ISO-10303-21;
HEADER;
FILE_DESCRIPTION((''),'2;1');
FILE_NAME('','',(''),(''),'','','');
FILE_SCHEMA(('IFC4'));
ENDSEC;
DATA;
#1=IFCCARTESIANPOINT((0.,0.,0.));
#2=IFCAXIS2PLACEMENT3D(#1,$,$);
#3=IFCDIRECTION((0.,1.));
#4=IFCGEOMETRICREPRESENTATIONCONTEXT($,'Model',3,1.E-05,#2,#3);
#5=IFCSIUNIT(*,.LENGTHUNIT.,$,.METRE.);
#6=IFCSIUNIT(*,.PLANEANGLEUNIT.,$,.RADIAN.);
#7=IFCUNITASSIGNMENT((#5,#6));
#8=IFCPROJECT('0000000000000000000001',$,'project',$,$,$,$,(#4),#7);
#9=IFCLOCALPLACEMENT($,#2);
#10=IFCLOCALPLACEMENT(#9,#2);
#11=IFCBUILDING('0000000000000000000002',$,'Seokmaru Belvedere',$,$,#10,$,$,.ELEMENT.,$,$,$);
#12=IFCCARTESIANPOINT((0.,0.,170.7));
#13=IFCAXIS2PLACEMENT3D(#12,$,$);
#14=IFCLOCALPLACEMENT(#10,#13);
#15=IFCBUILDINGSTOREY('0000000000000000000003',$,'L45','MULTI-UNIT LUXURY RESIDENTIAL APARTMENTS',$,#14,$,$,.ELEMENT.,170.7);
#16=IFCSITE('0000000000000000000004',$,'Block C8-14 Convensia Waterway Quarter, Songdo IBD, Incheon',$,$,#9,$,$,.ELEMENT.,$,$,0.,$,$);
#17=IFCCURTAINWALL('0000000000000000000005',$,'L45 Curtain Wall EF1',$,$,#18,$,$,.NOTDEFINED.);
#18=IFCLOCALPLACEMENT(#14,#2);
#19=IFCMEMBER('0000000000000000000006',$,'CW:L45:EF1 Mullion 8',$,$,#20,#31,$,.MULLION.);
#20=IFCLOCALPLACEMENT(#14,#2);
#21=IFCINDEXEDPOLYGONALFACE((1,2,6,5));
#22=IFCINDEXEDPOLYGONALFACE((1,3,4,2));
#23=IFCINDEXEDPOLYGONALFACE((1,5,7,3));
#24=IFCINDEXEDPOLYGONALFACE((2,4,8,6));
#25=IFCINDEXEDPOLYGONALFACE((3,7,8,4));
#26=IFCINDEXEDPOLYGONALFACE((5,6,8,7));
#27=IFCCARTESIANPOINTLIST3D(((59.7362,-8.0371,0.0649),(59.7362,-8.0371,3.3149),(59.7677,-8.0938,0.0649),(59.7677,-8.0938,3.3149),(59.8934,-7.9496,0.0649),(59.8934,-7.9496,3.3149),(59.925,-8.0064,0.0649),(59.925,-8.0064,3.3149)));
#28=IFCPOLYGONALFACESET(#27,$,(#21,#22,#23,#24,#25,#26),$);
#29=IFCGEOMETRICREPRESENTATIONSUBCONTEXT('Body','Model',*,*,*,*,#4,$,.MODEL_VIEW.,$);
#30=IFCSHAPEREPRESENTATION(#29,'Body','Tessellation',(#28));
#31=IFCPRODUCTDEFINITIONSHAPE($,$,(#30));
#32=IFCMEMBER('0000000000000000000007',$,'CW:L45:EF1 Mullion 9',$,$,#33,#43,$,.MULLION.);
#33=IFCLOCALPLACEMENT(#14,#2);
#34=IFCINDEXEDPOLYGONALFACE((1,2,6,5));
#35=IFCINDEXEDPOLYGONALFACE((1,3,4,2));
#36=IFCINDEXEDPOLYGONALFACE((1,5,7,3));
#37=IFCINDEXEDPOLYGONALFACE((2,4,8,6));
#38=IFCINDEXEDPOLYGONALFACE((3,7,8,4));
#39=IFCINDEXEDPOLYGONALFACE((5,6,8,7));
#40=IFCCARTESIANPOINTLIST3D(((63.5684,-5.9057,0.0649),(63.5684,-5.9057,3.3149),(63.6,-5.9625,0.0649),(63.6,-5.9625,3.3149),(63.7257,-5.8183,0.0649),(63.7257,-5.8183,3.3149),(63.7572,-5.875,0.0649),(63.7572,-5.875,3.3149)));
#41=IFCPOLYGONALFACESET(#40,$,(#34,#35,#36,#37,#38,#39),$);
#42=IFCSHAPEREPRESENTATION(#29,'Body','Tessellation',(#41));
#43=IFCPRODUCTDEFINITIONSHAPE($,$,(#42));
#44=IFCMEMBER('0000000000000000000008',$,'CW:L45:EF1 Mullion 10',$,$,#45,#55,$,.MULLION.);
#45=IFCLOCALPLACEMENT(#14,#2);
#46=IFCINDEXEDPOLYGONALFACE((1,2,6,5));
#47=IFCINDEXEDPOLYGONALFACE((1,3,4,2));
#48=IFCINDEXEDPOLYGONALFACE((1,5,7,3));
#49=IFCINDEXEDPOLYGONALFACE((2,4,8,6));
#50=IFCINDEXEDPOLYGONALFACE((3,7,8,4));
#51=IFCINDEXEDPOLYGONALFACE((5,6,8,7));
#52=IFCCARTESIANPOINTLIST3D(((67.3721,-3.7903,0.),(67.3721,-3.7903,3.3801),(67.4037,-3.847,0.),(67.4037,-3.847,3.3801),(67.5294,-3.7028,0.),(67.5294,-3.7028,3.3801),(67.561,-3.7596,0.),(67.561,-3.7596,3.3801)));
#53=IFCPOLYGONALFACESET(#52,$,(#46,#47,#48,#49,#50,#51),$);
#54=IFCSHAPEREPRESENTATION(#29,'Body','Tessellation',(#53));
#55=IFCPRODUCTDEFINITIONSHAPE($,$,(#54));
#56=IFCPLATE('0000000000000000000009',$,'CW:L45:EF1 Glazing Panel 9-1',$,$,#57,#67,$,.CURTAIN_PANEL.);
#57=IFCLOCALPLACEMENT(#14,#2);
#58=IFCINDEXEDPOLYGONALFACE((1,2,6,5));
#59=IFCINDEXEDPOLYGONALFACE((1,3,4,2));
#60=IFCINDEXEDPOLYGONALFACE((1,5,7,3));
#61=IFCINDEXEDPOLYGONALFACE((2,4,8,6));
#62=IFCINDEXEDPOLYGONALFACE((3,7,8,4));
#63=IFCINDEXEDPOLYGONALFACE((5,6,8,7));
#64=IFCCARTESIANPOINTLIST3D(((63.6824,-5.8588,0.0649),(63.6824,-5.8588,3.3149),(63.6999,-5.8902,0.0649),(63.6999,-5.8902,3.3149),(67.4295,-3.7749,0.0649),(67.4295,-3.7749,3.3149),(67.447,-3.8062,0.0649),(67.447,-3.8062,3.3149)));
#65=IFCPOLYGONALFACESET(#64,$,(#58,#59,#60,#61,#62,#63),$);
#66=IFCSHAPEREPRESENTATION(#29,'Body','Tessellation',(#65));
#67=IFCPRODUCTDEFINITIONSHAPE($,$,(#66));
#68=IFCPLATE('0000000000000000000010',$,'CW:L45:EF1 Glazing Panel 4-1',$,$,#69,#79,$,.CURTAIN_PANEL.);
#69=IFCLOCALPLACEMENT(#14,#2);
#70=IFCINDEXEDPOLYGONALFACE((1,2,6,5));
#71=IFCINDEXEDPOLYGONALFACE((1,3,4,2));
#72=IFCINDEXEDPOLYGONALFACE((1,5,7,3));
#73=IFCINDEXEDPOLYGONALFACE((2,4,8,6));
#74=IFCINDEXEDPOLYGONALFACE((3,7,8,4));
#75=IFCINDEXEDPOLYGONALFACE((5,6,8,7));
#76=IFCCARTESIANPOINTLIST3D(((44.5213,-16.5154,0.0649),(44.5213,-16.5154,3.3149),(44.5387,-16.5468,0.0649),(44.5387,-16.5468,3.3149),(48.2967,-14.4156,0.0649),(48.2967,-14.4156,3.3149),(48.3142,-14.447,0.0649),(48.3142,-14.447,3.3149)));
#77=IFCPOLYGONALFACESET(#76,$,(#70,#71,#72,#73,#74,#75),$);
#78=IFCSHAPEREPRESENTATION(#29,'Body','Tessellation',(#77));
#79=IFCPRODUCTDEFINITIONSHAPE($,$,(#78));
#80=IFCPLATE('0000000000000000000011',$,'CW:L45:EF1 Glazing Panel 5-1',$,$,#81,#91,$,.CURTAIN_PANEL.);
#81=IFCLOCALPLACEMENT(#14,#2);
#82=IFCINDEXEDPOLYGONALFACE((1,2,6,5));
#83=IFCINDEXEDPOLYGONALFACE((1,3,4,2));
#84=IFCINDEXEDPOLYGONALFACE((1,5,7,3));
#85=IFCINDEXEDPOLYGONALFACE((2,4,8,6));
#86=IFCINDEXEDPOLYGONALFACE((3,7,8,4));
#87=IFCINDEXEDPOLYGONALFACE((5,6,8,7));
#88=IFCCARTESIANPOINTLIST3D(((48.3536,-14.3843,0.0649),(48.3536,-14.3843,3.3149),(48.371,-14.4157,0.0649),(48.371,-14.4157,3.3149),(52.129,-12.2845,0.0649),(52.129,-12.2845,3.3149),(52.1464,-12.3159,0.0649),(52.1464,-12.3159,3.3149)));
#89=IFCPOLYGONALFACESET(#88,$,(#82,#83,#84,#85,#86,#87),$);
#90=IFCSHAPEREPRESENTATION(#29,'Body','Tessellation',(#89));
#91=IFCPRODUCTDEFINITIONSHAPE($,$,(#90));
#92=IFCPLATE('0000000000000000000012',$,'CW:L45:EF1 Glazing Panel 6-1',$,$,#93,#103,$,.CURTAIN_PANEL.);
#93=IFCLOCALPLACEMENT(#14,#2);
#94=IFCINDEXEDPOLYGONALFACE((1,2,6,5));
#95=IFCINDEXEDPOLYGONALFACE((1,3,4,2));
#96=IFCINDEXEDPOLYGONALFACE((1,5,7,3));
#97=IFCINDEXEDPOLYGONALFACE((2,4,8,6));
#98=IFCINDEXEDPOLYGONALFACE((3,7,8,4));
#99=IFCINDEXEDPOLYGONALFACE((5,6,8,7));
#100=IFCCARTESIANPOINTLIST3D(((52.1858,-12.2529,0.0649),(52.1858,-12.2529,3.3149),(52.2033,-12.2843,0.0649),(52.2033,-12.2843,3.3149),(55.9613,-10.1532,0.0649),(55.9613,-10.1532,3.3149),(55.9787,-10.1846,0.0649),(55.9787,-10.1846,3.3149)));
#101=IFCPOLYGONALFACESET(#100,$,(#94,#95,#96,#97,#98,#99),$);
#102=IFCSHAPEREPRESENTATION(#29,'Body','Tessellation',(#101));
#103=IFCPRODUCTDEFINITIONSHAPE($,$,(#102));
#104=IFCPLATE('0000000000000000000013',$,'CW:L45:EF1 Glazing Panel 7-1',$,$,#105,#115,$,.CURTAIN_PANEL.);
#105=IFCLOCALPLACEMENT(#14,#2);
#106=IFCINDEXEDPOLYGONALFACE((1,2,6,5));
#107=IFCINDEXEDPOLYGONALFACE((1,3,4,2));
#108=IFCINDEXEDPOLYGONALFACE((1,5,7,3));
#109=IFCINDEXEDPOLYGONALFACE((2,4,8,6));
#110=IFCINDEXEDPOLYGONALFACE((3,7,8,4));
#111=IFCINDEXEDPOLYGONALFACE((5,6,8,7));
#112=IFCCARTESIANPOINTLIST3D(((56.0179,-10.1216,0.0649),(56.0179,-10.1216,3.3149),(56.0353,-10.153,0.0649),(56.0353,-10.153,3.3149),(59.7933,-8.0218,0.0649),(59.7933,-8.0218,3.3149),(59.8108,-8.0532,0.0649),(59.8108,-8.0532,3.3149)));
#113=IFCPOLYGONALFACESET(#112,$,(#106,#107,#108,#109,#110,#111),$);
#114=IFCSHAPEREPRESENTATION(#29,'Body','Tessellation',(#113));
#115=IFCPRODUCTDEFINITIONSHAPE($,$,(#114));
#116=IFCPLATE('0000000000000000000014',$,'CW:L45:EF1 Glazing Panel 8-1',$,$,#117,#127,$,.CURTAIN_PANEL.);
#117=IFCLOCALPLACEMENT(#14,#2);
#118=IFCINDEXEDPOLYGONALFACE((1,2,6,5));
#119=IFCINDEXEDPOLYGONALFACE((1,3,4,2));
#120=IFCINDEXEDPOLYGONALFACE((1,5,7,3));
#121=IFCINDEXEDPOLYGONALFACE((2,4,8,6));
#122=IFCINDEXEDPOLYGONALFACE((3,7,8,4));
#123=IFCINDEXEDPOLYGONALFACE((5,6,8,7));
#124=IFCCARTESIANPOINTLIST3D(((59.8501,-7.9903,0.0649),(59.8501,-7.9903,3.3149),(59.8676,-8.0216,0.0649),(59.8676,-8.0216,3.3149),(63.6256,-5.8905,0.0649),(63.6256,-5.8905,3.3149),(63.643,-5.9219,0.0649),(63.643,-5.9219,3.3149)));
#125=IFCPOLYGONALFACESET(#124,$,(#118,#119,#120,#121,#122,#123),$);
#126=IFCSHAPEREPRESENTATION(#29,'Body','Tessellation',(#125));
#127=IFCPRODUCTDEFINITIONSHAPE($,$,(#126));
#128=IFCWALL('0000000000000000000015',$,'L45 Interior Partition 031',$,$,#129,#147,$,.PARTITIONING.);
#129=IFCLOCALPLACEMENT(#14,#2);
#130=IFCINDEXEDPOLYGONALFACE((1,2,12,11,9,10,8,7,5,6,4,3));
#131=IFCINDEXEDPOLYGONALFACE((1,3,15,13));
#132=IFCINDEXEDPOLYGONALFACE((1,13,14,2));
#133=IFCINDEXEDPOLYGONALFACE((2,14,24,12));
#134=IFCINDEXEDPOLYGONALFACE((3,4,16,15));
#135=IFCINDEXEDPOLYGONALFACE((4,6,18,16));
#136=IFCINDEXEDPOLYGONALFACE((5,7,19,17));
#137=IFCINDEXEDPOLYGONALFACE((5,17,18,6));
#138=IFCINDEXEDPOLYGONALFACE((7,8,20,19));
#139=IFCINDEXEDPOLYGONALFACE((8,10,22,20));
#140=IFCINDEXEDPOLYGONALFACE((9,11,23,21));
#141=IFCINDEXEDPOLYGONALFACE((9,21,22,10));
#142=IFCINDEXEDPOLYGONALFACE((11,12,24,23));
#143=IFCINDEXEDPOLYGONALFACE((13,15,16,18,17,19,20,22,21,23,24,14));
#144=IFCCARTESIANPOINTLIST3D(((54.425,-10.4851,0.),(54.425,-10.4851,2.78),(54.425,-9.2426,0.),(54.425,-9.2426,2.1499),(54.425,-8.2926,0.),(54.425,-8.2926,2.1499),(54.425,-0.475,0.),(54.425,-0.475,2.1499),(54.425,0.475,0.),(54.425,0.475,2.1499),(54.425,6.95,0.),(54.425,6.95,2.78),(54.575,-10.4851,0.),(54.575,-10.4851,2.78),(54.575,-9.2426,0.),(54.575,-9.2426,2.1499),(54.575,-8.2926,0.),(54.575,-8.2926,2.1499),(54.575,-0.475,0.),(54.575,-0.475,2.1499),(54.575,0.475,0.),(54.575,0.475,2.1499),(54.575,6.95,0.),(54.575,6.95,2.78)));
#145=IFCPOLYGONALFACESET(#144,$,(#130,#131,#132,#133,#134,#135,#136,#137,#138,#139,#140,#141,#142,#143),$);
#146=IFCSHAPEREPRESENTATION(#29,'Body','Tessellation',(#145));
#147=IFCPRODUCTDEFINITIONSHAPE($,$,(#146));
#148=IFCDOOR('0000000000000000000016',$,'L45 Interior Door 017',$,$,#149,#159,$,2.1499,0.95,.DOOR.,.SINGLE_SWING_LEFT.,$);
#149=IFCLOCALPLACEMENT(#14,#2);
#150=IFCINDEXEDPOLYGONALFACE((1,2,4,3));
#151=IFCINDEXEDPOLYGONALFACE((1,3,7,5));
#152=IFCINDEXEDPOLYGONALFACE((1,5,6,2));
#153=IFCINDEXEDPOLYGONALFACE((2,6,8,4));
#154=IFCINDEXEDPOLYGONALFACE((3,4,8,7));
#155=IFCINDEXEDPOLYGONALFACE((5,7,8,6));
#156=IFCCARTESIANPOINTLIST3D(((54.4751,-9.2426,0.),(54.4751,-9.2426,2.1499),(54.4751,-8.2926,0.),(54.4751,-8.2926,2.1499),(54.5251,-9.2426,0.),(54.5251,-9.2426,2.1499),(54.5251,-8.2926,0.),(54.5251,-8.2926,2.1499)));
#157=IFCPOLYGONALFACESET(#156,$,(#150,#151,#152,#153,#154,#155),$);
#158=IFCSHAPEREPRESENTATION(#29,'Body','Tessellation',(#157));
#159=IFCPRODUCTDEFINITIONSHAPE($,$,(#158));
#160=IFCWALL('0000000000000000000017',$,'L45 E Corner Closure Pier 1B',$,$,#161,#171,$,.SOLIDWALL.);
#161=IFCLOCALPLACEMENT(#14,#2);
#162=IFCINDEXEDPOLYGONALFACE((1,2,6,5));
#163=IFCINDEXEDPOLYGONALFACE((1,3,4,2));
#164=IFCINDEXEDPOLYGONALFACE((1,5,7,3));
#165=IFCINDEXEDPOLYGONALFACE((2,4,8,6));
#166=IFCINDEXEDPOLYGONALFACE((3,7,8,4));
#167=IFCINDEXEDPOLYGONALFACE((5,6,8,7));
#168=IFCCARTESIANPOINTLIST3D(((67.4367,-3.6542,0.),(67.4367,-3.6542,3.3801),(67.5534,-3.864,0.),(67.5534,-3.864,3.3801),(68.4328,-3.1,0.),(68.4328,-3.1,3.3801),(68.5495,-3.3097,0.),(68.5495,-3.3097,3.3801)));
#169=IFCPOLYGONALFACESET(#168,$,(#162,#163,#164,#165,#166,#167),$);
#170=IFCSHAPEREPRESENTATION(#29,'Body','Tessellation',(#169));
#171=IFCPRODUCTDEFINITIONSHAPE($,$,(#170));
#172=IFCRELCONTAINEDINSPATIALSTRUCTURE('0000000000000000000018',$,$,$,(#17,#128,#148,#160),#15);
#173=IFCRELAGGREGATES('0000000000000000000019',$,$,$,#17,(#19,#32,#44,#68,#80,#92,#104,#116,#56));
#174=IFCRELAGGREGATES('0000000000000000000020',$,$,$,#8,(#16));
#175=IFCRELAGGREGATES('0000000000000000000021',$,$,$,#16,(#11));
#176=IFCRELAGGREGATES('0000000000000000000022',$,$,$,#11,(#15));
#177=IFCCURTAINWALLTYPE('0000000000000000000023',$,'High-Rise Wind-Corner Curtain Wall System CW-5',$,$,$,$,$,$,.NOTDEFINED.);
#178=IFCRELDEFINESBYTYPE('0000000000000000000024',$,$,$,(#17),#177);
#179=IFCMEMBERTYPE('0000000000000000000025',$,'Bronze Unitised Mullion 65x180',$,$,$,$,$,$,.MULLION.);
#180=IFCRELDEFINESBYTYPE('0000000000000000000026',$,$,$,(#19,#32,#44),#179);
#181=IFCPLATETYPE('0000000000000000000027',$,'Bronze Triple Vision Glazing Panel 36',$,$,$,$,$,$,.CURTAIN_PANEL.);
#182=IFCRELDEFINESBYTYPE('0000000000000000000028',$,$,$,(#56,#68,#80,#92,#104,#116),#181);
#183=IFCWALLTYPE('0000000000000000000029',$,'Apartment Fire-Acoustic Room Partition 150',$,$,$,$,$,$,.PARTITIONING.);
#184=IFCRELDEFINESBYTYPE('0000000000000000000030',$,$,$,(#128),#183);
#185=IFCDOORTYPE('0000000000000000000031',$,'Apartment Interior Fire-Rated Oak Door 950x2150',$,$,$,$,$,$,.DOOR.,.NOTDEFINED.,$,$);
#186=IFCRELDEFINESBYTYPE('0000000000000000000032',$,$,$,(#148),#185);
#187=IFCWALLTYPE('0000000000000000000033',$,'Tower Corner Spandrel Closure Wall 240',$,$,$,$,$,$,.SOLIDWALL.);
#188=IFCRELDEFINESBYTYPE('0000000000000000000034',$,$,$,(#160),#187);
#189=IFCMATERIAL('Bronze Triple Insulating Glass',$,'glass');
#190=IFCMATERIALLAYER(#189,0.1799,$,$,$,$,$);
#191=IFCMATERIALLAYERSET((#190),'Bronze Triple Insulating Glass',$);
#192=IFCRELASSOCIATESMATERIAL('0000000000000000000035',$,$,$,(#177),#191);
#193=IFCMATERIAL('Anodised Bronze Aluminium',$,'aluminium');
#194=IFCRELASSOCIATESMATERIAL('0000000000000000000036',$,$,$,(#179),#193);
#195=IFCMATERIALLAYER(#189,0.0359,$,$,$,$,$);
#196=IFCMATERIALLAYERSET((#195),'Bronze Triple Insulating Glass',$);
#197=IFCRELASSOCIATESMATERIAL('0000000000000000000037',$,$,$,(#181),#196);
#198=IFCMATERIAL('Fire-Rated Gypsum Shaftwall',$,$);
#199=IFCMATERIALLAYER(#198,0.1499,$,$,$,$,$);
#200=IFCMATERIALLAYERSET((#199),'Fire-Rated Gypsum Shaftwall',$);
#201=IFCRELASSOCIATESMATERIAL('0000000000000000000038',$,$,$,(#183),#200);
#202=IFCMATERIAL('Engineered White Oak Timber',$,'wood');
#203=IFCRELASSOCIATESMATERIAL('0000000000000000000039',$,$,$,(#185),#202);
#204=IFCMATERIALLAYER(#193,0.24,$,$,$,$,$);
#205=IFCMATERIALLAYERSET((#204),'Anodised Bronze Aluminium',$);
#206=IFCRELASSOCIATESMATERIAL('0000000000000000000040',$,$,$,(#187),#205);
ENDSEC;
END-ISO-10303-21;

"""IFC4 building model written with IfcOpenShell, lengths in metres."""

from ifc_helpers import new_model, si_unit, direction, frame, frame_2d, origin, origin_2d, place, context, subcontext, project, spatial, rectangle, extrude, source, transform, mapped, material, layer, layer_set, material_profile, profile_set, type_object, type_shapes, element, fill, aggregate, save


model = new_model("IFC4")

# Units and contexts
model_context = context("Model", 3, precision=1e-05, world=origin(), true_north=direction((0.0, 1.0)))
body_context = subcontext(model_context, "Body", "Model", "MODEL_VIEW")
ifc_project = project(units=[si_unit("LENGTHUNIT", "METRE"), si_unit("PLANEANGLEUNIT", "RADIAN")], contexts=[model_context])

# Site, building, storey
site_placement = place(None, origin())
site = spatial("IfcSite", under=ifc_project, at=site_placement, Name="Block C8-14 Convensia Waterway Quarter, Songdo IBD, Incheon", CompositionType="ELEMENT", RefElevation=0.0)
building_placement = place(site_placement, origin())
building = spatial("IfcBuilding", under=site, at=building_placement, Name="Seokmaru Belvedere", CompositionType="ELEMENT")
storey_placement = place(building_placement, frame((0.0, 0.0, 170.7)))
storey = spatial("IfcBuildingStorey", under=building, at=storey_placement, Name="L45", Description="MULTI-UNIT LUXURY RESIDENTIAL APARTMENTS", CompositionType="ELEMENT", Elevation=170.7)

# Curtain wall, members, plates
ifc_material_1 = material(Name="Bronze Triple Insulating Glass", Category="glass")
ifc_layer_1 = layer(ifc_material_1, 0.1799)
ifc_layer_set_1 = layer_set([ifc_layer_1], Name="Bronze Triple Insulating Glass")
curtain_wall_type = type_object("IfcCurtainWallType", Name="High-Rise Wind-Corner Curtain Wall System CW-5", PredefinedType="NOTDEFINED", material=ifc_layer_set_1)
curtain_wall_placement = place(storey_placement, origin())
curtain_wall = element("IfcCurtainWall", 1, at=curtain_wall_placement, inside=storey, type_object=curtain_wall_type, Name="L45 Curtain Wall EF1", PredefinedType="NOTDEFINED")
ifc_material_2 = material(Name="Anodised Bronze Aluminium", Category="aluminium")
ifc_material_profile_1 = material_profile(ifc_material_2, rectangle(XDim=0.0649, YDim=0.1799, at=origin_2d()), Name="CW-M-65x180")
ifc_profile_set_1 = profile_set([ifc_material_profile_1], Name="Anodised Bronze Aluminium")
member_type = type_object("IfcMemberType", Name="Bronze Unitised Mullion 65x180", PredefinedType="MULLION", material=ifc_profile_set_1)
shared_shape_1 = source(origin(), body_context, "Body", "SweptSolid", [
    extrude(rectangle(XDim=0.0649, YDim=0.1799, at=origin_2d()), origin(), (0.0, 0.0, 1.0), 3.25),
])
member_1_placement = place(storey_placement, frame((59.8306, -8.0217, 0.0649), z_axis=(0.0, 0.0, 1.0), x_axis=(-0.486047, 0.873933, 0.0)))
member_1 = element("IfcMember", 2, at=member_1_placement, type_object=member_type, Name="CW:L45:EF1 Mullion 8", PredefinedType="MULLION", context=body_context, shape_type="MappedRepresentation", body=[
    mapped(shared_shape_1, transform((0.0, 0.0, 0.0), scale=1.0)),
])
member_2_placement = place(storey_placement, frame((63.6628, -5.8904, 0.0649), z_axis=(0.0, 0.0, 1.0), x_axis=(-0.486047, 0.873933, 0.0)))
member_2 = element("IfcMember", 3, at=member_2_placement, type_object=member_type, Name="CW:L45:EF1 Mullion 9", PredefinedType="MULLION", context=body_context, shape_type="MappedRepresentation", body=[
    mapped(shared_shape_1, transform((0.0, 0.0, 0.0), scale=1.0)),
])
shared_shape_2 = source(origin(), body_context, "Body", "SweptSolid", [
    extrude(rectangle(XDim=0.0649, YDim=0.1799, at=origin_2d()), origin(), (0.0, 0.0, 1.0), 3.3801),
])
type_shapes(member_type, [shared_shape_1, shared_shape_2])
member_3_placement = place(storey_placement, frame((67.4666, -3.7749, 0.0), z_axis=(0.0, 0.0, 1.0), x_axis=(-0.486047, 0.873933, 0.0)))
member_3 = element("IfcMember", 4, at=member_3_placement, type_object=member_type, Name="CW:L45:EF1 Mullion 10", PredefinedType="MULLION", context=body_context, shape_type="MappedRepresentation", body=[
    mapped(shared_shape_2, transform((0.0, 0.0, 0.0), scale=1.0)),
])
ifc_layer_2 = layer(ifc_material_1, 0.0359)
ifc_layer_set_2 = layer_set([ifc_layer_2], Name="Bronze Triple Insulating Glass")
plate_type = type_object("IfcPlateType", Name="Bronze Triple Vision Glazing Panel 36", PredefinedType="CURTAIN_PANEL", material=ifc_layer_set_2)
shared_shape_3 = source(origin(), body_context, "Body", "SweptSolid", [
    extrude(rectangle(XDim=4.2876, YDim=0.0359, at=origin_2d()), origin(), (0.0, 0.0, 1.0), 3.25),
])
plate_1_placement = place(storey_placement, frame((65.5647, -4.8325, 0.0649), z_axis=(0.0, 0.0, 1.0), x_axis=(0.873933, 0.486047, 0.0)))
plate_1 = element("IfcPlate", 5, at=plate_1_placement, type_object=plate_type, Name="CW:L45:EF1 Glazing Panel 9-1", PredefinedType="CURTAIN_PANEL", context=body_context, shape_type="MappedRepresentation", body=[
    mapped(shared_shape_3, transform((0.0, 0.0, 0.0), scale=1.0)),
])
shared_shape_4 = source(origin(), body_context, "Body", "SweptSolid", [
    extrude(rectangle(XDim=4.3201, YDim=0.0359, at=origin_2d()), origin(), (0.0, 0.0, 1.0), 3.25),
])
type_shapes(plate_type, [shared_shape_3, shared_shape_4])
plate_2_placement = place(storey_placement, frame((46.4177, -15.4812, 0.0649), z_axis=(0.0, 0.0, 1.0), x_axis=(0.873933, 0.486047, 0.0)))
plate_2 = element("IfcPlate", 6, at=plate_2_placement, type_object=plate_type, Name="CW:L45:EF1 Glazing Panel 4-1", PredefinedType="CURTAIN_PANEL", context=body_context, shape_type="MappedRepresentation", body=[
    mapped(shared_shape_4, transform((0.0, 0.0, 0.0), scale=1.0)),
])
plate_3_placement = place(storey_placement, frame((50.25, -13.3501, 0.0649), z_axis=(0.0, 0.0, 1.0), x_axis=(0.873933, 0.486047, 0.0)))
plate_3 = element("IfcPlate", 7, at=plate_3_placement, type_object=plate_type, Name="CW:L45:EF1 Glazing Panel 5-1", PredefinedType="CURTAIN_PANEL", context=body_context, shape_type="MappedRepresentation", body=[
    mapped(shared_shape_4, transform((0.0, 0.0, 0.0), scale=1.0)),
])
plate_4_placement = place(storey_placement, frame((54.0823, -11.2188, 0.0649), z_axis=(0.0, 0.0, 1.0), x_axis=(0.873933, 0.486047, 0.0)))
plate_4 = element("IfcPlate", 8, at=plate_4_placement, type_object=plate_type, Name="CW:L45:EF1 Glazing Panel 6-1", PredefinedType="CURTAIN_PANEL", context=body_context, shape_type="MappedRepresentation", body=[
    mapped(shared_shape_4, transform((0.0, 0.0, 0.0), scale=1.0)),
])
plate_5_placement = place(storey_placement, frame((57.9143, -9.0874, 0.0649), z_axis=(0.0, 0.0, 1.0), x_axis=(0.873933, 0.486047, 0.0)))
plate_5 = element("IfcPlate", 9, at=plate_5_placement, type_object=plate_type, Name="CW:L45:EF1 Glazing Panel 7-1", PredefinedType="CURTAIN_PANEL", context=body_context, shape_type="MappedRepresentation", body=[
    mapped(shared_shape_4, transform((0.0, 0.0, 0.0), scale=1.0)),
])
plate_6_placement = place(storey_placement, frame((61.7466, -6.9561, 0.0649), z_axis=(0.0, 0.0, 1.0), x_axis=(0.873933, 0.486047, 0.0)))
plate_6 = element("IfcPlate", 10, at=plate_6_placement, type_object=plate_type, Name="CW:L45:EF1 Glazing Panel 8-1", PredefinedType="CURTAIN_PANEL", context=body_context, shape_type="MappedRepresentation", body=[
    mapped(shared_shape_4, transform((0.0, 0.0, 0.0), scale=1.0)),
])
aggregate(curtain_wall, [member_1, member_2, member_3, plate_2, plate_3, plate_4, plate_5, plate_6, plate_1])

# Wall, openings, door
ifc_material_3 = material(Name="Fire-Rated Gypsum Shaftwall")
ifc_layer_3 = layer(ifc_material_3, 0.1499)
ifc_layer_set_3 = layer_set([ifc_layer_3], Name="Fire-Rated Gypsum Shaftwall")
wall_type_1 = type_object("IfcWallType", Name="Apartment Fire-Acoustic Room Partition 150", PredefinedType="PARTITIONING", material=ifc_layer_set_3)
wall_1_placement = place(storey_placement, frame((54.5, -10.4851, 0.0), z_axis=(0.0, 0.0, 1.0), x_axis=(0.0, 1.0, 0.0)))
wall_1 = element("IfcWall", 11, at=wall_1_placement, inside=storey, type_object=wall_type_1, Name="L45 Interior Partition 031", PredefinedType="PARTITIONING", context=body_context, shape_type="SweptSolid", body=[
    extrude(rectangle(XDim=17.4351, YDim=0.1499, at=frame_2d((8.7175, 0.0))), origin(), (0.0, 0.0, 1.0), 2.78),
])
opening_1_placement = place(wall_1_placement, frame((1.2424, 0.0, 0.0)))
opening_1 = element("IfcOpeningElement", 12, at=opening_1_placement, cuts=wall_1, PredefinedType="OPENING", context=body_context, shape_type="SweptSolid", body=[
    extrude(rectangle(XDim=0.95, YDim=2.1499, at=frame_2d((0.4751, 1.075))), frame((0.0, 0.085, 0.0), z_axis=(0.0, -1.0, 0.0), x_axis=(1.0, 0.0, 0.0)), (0.0, 0.0, 1.0), 0.1699),
])
opening_2_placement = place(wall_1_placement, frame((10.01, 0.0, 0.0)))
element("IfcOpeningElement", 13, at=opening_2_placement, cuts=wall_1, PredefinedType="OPENING", context=body_context, shape_type="SweptSolid", body=[
    extrude(rectangle(XDim=0.95, YDim=2.1499, at=frame_2d((0.4751, 1.075))), frame((0.0, 0.085, 0.0), z_axis=(0.0, -1.0, 0.0), x_axis=(1.0, 0.0, 0.0)), (0.0, 0.0, 1.0), 0.1699),
])
ifc_material_4 = material(Name="Engineered White Oak Timber", Category="wood")
door_type = type_object("IfcDoorType", Name="Apartment Interior Fire-Rated Oak Door 950x2150", OperationType="NOTDEFINED", PredefinedType="DOOR", material=ifc_material_4)
shared_shape_5 = source(origin(), body_context, "Body", "SweptSolid", [
    extrude(rectangle(XDim=0.95, YDim=2.1499, at=frame_2d((0.4751, 1.075))), frame((0.0, 0.0249, 0.0), z_axis=(0.0, -1.0, 0.0), x_axis=(1.0, 0.0, 0.0)), (0.0, 0.0, 1.0), 0.05),
])
type_shapes(door_type, [shared_shape_5])
door_placement = place(opening_1_placement, origin())
door = element("IfcDoor", 14, at=door_placement, inside=storey, type_object=door_type, Name="L45 Interior Door 017", OperationType="SINGLE_SWING_LEFT", OverallHeight=2.1499, OverallWidth=0.95, PredefinedType="DOOR", context=body_context, shape_type="MappedRepresentation", body=[
    mapped(shared_shape_5, transform((0.0, 0.0, 0.0), scale=1.0)),
])
fill(opening_1, door)

# Wall
ifc_layer_4 = layer(ifc_material_2, 0.24)
ifc_layer_set_4 = layer_set([ifc_layer_4], Name="Anodised Bronze Aluminium")
wall_type_2 = type_object("IfcWallType", Name="Tower Corner Spandrel Closure Wall 240", PredefinedType="SOLIDWALL", material=ifc_layer_set_4)
wall_2_placement = place(storey_placement, frame((67.4951, -3.759, 0.0), z_axis=(0.0, 0.0, 1.0), x_axis=(0.873854, 0.486188, 0.0)))
element("IfcWall", 15, at=wall_2_placement, inside=storey, type_object=wall_type_2, Name="L45 E Corner Closure Pier 1B", PredefinedType="SOLIDWALL", context=body_context, shape_type="SweptSolid", body=[
    extrude(rectangle(XDim=1.1399, YDim=0.24, at=frame_2d((0.5698, 0.0))), origin(), (0.0, 0.0, 1.0), 3.3801),
])

save(model, "model.ifc")
